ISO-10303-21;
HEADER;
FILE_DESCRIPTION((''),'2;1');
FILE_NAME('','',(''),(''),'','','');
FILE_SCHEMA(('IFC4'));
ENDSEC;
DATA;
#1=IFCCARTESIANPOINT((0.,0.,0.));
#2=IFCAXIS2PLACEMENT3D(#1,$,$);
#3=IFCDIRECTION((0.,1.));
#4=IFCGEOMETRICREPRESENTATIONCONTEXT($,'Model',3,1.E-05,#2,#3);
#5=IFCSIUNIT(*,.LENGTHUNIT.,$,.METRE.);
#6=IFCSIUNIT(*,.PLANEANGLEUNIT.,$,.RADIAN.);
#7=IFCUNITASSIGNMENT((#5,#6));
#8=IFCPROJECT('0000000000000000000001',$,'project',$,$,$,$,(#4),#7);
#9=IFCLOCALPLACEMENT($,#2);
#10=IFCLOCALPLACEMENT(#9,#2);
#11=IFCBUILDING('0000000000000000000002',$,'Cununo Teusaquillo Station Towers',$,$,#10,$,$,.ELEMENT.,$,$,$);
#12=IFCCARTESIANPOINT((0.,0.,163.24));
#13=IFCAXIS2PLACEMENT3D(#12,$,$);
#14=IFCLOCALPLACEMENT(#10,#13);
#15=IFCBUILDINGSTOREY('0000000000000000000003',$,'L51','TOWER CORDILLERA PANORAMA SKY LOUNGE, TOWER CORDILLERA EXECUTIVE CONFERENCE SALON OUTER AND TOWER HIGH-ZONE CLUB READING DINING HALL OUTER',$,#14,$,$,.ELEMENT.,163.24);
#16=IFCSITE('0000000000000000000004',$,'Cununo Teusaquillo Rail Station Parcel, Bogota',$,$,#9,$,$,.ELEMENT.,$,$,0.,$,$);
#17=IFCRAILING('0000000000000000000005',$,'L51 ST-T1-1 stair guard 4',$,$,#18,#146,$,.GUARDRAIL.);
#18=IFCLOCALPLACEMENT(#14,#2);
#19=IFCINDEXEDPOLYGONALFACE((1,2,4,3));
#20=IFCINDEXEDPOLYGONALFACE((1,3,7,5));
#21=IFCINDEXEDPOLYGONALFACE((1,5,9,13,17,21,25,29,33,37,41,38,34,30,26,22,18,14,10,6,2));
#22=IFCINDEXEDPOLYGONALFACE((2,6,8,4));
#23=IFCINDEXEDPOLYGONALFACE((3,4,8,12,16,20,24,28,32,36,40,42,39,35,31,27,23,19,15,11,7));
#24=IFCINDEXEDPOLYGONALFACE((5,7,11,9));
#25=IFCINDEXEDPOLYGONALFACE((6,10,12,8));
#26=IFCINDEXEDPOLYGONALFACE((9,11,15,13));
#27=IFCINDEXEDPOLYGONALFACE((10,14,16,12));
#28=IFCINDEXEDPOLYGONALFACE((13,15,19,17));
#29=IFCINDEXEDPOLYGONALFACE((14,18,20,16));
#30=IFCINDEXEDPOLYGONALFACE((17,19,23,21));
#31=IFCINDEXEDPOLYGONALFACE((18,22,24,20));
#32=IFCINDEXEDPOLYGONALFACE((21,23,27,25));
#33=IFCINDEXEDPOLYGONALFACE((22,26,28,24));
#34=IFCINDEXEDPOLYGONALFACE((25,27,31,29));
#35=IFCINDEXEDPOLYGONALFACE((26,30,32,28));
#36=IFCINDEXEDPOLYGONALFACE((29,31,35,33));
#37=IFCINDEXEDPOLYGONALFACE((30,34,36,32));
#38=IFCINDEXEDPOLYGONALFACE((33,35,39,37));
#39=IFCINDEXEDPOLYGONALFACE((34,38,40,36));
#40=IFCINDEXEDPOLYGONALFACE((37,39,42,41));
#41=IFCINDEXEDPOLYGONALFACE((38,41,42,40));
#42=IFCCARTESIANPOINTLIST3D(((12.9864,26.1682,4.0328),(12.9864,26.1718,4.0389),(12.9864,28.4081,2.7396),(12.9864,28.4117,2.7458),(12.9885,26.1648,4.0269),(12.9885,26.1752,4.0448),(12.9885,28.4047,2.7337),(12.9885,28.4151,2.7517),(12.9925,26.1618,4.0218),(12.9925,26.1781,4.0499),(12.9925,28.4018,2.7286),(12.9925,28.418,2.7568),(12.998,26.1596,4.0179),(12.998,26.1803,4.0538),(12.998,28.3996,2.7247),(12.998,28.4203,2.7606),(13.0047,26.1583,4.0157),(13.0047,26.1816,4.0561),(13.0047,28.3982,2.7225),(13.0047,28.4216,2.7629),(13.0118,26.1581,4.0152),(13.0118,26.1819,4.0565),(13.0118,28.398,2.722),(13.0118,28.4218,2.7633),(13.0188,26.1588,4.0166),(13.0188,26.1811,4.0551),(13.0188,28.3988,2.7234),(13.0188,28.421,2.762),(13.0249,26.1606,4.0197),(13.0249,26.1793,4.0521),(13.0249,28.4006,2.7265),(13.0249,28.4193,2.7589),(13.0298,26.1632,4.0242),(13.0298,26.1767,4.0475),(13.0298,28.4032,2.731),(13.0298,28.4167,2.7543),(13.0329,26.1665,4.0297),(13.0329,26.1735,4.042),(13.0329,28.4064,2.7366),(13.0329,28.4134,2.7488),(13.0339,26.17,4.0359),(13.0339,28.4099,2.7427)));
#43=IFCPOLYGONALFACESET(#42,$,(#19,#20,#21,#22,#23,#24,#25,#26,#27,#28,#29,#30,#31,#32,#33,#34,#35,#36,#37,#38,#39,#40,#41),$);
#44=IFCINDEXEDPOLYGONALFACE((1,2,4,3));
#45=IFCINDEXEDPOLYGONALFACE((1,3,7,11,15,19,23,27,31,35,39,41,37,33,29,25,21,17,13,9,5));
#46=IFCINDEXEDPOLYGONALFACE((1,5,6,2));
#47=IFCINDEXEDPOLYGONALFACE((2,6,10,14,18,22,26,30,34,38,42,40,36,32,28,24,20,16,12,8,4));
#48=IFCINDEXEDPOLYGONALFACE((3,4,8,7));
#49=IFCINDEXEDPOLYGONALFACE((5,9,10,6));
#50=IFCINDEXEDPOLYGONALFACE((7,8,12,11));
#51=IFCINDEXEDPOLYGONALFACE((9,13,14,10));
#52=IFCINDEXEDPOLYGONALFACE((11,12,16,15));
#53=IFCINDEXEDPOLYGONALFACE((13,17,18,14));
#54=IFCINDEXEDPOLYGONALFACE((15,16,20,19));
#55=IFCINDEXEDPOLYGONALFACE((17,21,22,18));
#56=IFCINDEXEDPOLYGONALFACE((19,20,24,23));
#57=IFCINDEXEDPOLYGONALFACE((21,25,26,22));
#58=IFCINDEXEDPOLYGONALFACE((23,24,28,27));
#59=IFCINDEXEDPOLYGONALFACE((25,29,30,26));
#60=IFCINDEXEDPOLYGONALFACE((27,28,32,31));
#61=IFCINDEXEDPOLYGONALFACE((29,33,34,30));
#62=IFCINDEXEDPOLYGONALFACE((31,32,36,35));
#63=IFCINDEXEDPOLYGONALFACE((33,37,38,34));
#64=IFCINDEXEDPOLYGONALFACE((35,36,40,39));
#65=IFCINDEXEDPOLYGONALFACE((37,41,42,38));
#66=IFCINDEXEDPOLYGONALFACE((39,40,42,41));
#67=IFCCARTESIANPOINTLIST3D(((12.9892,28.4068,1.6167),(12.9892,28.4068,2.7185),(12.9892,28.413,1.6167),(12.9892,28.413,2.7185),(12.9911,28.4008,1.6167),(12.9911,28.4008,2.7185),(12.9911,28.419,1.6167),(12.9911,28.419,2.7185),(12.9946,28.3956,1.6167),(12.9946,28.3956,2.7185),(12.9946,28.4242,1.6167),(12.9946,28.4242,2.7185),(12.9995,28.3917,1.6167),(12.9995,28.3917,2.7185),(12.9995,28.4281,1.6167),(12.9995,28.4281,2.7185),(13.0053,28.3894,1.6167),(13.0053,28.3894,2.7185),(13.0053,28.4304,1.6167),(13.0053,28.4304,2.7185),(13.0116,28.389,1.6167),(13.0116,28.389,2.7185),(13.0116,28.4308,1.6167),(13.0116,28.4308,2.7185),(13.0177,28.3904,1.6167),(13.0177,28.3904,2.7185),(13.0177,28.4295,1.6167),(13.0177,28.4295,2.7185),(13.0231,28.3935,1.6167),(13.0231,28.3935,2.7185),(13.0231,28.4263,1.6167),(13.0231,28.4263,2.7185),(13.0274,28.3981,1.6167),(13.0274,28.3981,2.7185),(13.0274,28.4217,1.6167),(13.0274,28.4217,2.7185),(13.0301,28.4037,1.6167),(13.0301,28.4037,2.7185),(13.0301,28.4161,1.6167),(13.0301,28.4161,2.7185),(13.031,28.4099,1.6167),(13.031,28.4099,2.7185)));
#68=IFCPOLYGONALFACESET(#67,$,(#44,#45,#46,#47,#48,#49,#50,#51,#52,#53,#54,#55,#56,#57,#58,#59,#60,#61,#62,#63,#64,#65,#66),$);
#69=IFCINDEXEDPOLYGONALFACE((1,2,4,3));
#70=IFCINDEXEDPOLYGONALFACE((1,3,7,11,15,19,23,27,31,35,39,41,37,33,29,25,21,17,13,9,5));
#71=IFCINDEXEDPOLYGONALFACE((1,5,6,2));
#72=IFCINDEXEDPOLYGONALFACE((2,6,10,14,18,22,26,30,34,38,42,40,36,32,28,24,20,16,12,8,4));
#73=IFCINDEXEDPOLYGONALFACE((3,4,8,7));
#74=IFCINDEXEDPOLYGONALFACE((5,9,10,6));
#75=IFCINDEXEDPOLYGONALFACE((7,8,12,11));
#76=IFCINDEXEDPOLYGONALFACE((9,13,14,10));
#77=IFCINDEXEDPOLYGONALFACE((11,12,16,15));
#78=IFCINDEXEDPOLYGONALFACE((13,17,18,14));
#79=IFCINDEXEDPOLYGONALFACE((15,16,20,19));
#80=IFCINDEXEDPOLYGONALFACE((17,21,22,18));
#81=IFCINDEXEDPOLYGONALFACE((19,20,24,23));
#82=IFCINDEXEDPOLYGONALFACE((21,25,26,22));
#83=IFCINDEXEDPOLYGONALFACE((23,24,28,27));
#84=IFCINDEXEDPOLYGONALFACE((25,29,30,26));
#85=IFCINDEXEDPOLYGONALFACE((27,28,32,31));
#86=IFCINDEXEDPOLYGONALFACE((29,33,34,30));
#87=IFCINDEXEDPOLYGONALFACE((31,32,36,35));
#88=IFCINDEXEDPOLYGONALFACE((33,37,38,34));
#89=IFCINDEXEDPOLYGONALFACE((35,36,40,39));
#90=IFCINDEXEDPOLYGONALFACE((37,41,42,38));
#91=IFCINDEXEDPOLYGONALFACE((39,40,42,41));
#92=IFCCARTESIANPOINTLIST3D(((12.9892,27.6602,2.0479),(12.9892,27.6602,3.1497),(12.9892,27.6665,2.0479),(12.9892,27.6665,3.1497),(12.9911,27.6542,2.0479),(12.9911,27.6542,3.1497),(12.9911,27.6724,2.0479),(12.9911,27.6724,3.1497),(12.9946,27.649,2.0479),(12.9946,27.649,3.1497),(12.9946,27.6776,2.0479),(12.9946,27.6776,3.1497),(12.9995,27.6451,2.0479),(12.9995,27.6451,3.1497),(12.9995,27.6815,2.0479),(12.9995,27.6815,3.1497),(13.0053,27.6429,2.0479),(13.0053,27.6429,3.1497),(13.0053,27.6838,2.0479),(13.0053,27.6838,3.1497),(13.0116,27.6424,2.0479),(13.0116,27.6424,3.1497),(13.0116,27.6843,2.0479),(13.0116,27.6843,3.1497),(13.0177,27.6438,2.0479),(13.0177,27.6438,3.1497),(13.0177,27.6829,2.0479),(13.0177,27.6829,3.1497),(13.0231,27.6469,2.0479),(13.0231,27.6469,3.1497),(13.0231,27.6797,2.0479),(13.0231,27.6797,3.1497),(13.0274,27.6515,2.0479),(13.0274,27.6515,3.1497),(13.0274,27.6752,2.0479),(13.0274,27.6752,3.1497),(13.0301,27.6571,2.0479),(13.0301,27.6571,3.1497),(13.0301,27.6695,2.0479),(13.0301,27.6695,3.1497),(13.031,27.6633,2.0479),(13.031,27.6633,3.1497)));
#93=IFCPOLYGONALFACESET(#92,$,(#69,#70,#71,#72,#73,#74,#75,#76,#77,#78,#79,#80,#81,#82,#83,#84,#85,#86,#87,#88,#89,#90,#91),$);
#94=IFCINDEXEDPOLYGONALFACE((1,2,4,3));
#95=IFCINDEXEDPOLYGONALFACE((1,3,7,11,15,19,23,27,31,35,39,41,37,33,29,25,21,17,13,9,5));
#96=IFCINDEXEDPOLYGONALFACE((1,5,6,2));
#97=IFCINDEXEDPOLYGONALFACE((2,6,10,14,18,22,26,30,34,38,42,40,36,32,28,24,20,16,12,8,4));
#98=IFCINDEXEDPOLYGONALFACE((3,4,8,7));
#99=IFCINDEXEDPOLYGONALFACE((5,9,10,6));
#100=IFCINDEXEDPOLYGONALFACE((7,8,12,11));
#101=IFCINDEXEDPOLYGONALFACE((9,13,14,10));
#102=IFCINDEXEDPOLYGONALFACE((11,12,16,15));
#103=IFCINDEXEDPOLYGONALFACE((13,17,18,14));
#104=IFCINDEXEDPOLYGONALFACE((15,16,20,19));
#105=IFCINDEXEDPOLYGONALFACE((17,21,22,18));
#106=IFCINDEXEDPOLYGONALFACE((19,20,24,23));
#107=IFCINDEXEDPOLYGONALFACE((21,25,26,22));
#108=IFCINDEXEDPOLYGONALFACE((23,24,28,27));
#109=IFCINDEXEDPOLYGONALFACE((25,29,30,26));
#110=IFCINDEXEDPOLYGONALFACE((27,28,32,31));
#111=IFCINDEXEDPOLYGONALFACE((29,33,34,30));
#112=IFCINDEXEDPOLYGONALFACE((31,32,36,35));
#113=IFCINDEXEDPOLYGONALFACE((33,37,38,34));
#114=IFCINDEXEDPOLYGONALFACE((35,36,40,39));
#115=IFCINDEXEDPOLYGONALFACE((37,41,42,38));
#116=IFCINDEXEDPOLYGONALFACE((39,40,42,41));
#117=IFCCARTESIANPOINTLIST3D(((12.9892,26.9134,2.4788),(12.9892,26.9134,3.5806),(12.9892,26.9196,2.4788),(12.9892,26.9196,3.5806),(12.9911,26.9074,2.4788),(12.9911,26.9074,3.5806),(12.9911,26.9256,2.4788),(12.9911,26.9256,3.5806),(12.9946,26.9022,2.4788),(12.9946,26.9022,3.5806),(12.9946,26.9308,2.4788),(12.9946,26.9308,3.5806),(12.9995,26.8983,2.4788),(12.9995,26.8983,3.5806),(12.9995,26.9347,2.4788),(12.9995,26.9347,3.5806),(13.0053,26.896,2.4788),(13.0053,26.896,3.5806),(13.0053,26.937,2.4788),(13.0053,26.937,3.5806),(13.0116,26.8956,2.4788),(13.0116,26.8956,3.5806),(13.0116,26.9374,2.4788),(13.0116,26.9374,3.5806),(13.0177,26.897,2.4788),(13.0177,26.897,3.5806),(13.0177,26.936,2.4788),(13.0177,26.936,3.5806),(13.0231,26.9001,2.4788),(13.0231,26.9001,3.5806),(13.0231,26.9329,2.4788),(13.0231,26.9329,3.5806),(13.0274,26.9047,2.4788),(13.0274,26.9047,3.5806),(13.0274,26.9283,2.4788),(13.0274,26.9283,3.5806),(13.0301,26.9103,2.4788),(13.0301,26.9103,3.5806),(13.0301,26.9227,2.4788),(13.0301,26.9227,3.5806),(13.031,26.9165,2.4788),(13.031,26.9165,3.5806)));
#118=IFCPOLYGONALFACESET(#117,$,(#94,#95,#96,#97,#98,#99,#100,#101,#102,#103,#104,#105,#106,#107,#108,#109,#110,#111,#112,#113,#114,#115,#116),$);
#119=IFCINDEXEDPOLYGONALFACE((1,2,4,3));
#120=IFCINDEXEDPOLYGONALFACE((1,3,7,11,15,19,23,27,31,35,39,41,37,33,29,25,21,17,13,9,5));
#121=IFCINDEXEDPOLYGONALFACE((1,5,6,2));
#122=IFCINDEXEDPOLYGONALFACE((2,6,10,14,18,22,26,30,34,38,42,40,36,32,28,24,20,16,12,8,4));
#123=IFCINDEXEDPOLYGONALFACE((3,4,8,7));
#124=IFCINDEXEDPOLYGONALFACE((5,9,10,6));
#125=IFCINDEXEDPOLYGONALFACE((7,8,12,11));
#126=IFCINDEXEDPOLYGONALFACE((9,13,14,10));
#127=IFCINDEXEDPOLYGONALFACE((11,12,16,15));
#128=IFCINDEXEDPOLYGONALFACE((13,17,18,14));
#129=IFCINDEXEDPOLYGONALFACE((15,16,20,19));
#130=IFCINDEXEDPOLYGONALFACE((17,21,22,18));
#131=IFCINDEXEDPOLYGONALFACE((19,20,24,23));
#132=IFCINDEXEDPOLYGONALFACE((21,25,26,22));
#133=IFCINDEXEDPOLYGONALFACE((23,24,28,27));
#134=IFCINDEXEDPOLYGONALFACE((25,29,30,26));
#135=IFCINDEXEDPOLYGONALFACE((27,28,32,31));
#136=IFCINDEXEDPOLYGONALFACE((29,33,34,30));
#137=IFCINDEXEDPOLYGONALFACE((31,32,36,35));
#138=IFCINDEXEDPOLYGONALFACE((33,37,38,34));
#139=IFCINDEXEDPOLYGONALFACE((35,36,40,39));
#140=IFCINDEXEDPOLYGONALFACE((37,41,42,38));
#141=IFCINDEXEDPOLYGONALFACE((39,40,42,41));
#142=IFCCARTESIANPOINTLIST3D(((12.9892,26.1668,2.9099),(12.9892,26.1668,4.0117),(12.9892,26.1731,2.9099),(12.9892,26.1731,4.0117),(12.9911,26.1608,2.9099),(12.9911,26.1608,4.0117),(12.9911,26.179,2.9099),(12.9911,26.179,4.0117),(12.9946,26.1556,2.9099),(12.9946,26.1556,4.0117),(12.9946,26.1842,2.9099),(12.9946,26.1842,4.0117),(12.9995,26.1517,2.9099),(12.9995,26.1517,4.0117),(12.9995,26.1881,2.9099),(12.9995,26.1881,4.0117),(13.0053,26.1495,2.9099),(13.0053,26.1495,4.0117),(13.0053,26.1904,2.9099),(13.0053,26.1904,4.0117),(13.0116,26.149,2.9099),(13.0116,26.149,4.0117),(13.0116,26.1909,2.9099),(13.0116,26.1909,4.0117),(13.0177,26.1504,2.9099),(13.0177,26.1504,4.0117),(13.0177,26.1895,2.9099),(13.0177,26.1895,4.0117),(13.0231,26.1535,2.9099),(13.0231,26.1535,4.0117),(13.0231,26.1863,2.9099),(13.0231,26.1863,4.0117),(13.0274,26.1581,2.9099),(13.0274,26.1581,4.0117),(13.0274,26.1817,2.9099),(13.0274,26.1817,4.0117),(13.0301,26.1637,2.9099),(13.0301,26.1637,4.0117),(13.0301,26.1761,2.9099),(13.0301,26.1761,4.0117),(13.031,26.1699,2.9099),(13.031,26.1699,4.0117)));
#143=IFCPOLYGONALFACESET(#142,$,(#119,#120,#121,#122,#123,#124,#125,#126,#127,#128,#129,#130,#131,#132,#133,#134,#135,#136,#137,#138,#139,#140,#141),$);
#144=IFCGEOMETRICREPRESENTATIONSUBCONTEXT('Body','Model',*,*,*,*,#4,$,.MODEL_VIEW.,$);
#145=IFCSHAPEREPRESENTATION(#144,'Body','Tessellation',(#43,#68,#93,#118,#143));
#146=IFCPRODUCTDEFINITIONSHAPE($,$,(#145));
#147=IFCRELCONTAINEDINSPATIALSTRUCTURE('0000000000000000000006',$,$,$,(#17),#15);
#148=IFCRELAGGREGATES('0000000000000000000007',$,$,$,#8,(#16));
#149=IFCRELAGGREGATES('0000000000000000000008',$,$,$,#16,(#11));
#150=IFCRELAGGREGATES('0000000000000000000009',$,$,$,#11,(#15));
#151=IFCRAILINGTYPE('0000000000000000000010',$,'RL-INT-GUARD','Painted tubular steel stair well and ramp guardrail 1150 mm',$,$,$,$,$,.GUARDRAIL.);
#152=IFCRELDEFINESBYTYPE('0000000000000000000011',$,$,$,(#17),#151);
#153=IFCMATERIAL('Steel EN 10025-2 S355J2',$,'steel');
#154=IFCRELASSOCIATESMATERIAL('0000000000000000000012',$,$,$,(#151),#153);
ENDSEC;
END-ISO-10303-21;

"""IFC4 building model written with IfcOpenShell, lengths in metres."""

from ifc_helpers import new_model, si_unit, direction, frame, origin, origin_2d, place, context, subcontext, project, spatial, circle, extrude, material, type_object, element, save


model = new_model("IFC4")

# Units and contexts
model_context = context("Model", 3, precision=1e-05, world=origin(), true_north=direction((0.0, 1.0)))
body_context = subcontext(model_context, "Body", "Model", "MODEL_VIEW")
ifc_project = project(units=[si_unit("LENGTHUNIT", "METRE"), si_unit("PLANEANGLEUNIT", "RADIAN")], contexts=[model_context])

# Site, building, storey
site_placement = place(None, origin())
site = spatial("IfcSite", under=ifc_project, at=site_placement, Name="Cununo Teusaquillo Rail Station Parcel, Bogota", CompositionType="ELEMENT", RefElevation=0.0)
building_placement = place(site_placement, origin())
building = spatial("IfcBuilding", under=site, at=building_placement, Name="Cununo Teusaquillo Station Towers", CompositionType="ELEMENT")
storey_placement = place(building_placement, frame((0.0, 0.0, 163.24)))
storey = spatial("IfcBuildingStorey", under=building, at=storey_placement, Name="L51", Description="TOWER CORDILLERA PANORAMA SKY LOUNGE, TOWER CORDILLERA EXECUTIVE CONFERENCE SALON OUTER AND TOWER HIGH-ZONE CLUB READING DINING HALL OUTER", CompositionType="ELEMENT", Elevation=163.24)

# Railing
ifc_material_1 = material(Name="Steel EN 10025-2 S355J2", Category="steel")
railing_type_1 = type_object("IfcRailingType", Name="RL-INT-GUARD", Description="Painted tubular steel stair well and ramp guardrail 1150 mm", PredefinedType="GUARDRAIL", material=ifc_material_1)
railing_1_placement = place(storey_placement, frame((13.01, 28.4099, 1.6167)))
element("IfcRailing", 1, at=railing_1_placement, inside=storey, type_object=railing_type_1, Name="L51 ST-T1-1 stair guard 4", PredefinedType="GUARDRAIL", context=body_context, shape_type="SweptSolid", body=[
    extrude(circle(Radius=0.0239, at=origin_2d()), frame((0.0, 0.0, 1.126), z_axis=(0.0, -0.866033, 0.499987), x_axis=(1.0, 0.0, 0.0)), (0.0, 0.0, 1.0), 2.5864),
    extrude(circle(Radius=0.021, at=origin_2d()), origin(), (0.0, 0.0, 1.0), 1.1018),
    extrude(circle(Radius=0.021, at=origin_2d()), frame((0.0, -0.7466, 0.4312)), (0.0, 0.0, 1.0), 1.1018),
    extrude(circle(Radius=0.021, at=origin_2d()), frame((0.0, -1.4934, 0.8621)), (0.0, 0.0, 1.0), 1.1018),
    extrude(circle(Radius=0.021, at=origin_2d()), frame((0.0, -2.24, 1.2932)), (0.0, 0.0, 1.0), 1.1018),
])

save(model, "model.ifc")
